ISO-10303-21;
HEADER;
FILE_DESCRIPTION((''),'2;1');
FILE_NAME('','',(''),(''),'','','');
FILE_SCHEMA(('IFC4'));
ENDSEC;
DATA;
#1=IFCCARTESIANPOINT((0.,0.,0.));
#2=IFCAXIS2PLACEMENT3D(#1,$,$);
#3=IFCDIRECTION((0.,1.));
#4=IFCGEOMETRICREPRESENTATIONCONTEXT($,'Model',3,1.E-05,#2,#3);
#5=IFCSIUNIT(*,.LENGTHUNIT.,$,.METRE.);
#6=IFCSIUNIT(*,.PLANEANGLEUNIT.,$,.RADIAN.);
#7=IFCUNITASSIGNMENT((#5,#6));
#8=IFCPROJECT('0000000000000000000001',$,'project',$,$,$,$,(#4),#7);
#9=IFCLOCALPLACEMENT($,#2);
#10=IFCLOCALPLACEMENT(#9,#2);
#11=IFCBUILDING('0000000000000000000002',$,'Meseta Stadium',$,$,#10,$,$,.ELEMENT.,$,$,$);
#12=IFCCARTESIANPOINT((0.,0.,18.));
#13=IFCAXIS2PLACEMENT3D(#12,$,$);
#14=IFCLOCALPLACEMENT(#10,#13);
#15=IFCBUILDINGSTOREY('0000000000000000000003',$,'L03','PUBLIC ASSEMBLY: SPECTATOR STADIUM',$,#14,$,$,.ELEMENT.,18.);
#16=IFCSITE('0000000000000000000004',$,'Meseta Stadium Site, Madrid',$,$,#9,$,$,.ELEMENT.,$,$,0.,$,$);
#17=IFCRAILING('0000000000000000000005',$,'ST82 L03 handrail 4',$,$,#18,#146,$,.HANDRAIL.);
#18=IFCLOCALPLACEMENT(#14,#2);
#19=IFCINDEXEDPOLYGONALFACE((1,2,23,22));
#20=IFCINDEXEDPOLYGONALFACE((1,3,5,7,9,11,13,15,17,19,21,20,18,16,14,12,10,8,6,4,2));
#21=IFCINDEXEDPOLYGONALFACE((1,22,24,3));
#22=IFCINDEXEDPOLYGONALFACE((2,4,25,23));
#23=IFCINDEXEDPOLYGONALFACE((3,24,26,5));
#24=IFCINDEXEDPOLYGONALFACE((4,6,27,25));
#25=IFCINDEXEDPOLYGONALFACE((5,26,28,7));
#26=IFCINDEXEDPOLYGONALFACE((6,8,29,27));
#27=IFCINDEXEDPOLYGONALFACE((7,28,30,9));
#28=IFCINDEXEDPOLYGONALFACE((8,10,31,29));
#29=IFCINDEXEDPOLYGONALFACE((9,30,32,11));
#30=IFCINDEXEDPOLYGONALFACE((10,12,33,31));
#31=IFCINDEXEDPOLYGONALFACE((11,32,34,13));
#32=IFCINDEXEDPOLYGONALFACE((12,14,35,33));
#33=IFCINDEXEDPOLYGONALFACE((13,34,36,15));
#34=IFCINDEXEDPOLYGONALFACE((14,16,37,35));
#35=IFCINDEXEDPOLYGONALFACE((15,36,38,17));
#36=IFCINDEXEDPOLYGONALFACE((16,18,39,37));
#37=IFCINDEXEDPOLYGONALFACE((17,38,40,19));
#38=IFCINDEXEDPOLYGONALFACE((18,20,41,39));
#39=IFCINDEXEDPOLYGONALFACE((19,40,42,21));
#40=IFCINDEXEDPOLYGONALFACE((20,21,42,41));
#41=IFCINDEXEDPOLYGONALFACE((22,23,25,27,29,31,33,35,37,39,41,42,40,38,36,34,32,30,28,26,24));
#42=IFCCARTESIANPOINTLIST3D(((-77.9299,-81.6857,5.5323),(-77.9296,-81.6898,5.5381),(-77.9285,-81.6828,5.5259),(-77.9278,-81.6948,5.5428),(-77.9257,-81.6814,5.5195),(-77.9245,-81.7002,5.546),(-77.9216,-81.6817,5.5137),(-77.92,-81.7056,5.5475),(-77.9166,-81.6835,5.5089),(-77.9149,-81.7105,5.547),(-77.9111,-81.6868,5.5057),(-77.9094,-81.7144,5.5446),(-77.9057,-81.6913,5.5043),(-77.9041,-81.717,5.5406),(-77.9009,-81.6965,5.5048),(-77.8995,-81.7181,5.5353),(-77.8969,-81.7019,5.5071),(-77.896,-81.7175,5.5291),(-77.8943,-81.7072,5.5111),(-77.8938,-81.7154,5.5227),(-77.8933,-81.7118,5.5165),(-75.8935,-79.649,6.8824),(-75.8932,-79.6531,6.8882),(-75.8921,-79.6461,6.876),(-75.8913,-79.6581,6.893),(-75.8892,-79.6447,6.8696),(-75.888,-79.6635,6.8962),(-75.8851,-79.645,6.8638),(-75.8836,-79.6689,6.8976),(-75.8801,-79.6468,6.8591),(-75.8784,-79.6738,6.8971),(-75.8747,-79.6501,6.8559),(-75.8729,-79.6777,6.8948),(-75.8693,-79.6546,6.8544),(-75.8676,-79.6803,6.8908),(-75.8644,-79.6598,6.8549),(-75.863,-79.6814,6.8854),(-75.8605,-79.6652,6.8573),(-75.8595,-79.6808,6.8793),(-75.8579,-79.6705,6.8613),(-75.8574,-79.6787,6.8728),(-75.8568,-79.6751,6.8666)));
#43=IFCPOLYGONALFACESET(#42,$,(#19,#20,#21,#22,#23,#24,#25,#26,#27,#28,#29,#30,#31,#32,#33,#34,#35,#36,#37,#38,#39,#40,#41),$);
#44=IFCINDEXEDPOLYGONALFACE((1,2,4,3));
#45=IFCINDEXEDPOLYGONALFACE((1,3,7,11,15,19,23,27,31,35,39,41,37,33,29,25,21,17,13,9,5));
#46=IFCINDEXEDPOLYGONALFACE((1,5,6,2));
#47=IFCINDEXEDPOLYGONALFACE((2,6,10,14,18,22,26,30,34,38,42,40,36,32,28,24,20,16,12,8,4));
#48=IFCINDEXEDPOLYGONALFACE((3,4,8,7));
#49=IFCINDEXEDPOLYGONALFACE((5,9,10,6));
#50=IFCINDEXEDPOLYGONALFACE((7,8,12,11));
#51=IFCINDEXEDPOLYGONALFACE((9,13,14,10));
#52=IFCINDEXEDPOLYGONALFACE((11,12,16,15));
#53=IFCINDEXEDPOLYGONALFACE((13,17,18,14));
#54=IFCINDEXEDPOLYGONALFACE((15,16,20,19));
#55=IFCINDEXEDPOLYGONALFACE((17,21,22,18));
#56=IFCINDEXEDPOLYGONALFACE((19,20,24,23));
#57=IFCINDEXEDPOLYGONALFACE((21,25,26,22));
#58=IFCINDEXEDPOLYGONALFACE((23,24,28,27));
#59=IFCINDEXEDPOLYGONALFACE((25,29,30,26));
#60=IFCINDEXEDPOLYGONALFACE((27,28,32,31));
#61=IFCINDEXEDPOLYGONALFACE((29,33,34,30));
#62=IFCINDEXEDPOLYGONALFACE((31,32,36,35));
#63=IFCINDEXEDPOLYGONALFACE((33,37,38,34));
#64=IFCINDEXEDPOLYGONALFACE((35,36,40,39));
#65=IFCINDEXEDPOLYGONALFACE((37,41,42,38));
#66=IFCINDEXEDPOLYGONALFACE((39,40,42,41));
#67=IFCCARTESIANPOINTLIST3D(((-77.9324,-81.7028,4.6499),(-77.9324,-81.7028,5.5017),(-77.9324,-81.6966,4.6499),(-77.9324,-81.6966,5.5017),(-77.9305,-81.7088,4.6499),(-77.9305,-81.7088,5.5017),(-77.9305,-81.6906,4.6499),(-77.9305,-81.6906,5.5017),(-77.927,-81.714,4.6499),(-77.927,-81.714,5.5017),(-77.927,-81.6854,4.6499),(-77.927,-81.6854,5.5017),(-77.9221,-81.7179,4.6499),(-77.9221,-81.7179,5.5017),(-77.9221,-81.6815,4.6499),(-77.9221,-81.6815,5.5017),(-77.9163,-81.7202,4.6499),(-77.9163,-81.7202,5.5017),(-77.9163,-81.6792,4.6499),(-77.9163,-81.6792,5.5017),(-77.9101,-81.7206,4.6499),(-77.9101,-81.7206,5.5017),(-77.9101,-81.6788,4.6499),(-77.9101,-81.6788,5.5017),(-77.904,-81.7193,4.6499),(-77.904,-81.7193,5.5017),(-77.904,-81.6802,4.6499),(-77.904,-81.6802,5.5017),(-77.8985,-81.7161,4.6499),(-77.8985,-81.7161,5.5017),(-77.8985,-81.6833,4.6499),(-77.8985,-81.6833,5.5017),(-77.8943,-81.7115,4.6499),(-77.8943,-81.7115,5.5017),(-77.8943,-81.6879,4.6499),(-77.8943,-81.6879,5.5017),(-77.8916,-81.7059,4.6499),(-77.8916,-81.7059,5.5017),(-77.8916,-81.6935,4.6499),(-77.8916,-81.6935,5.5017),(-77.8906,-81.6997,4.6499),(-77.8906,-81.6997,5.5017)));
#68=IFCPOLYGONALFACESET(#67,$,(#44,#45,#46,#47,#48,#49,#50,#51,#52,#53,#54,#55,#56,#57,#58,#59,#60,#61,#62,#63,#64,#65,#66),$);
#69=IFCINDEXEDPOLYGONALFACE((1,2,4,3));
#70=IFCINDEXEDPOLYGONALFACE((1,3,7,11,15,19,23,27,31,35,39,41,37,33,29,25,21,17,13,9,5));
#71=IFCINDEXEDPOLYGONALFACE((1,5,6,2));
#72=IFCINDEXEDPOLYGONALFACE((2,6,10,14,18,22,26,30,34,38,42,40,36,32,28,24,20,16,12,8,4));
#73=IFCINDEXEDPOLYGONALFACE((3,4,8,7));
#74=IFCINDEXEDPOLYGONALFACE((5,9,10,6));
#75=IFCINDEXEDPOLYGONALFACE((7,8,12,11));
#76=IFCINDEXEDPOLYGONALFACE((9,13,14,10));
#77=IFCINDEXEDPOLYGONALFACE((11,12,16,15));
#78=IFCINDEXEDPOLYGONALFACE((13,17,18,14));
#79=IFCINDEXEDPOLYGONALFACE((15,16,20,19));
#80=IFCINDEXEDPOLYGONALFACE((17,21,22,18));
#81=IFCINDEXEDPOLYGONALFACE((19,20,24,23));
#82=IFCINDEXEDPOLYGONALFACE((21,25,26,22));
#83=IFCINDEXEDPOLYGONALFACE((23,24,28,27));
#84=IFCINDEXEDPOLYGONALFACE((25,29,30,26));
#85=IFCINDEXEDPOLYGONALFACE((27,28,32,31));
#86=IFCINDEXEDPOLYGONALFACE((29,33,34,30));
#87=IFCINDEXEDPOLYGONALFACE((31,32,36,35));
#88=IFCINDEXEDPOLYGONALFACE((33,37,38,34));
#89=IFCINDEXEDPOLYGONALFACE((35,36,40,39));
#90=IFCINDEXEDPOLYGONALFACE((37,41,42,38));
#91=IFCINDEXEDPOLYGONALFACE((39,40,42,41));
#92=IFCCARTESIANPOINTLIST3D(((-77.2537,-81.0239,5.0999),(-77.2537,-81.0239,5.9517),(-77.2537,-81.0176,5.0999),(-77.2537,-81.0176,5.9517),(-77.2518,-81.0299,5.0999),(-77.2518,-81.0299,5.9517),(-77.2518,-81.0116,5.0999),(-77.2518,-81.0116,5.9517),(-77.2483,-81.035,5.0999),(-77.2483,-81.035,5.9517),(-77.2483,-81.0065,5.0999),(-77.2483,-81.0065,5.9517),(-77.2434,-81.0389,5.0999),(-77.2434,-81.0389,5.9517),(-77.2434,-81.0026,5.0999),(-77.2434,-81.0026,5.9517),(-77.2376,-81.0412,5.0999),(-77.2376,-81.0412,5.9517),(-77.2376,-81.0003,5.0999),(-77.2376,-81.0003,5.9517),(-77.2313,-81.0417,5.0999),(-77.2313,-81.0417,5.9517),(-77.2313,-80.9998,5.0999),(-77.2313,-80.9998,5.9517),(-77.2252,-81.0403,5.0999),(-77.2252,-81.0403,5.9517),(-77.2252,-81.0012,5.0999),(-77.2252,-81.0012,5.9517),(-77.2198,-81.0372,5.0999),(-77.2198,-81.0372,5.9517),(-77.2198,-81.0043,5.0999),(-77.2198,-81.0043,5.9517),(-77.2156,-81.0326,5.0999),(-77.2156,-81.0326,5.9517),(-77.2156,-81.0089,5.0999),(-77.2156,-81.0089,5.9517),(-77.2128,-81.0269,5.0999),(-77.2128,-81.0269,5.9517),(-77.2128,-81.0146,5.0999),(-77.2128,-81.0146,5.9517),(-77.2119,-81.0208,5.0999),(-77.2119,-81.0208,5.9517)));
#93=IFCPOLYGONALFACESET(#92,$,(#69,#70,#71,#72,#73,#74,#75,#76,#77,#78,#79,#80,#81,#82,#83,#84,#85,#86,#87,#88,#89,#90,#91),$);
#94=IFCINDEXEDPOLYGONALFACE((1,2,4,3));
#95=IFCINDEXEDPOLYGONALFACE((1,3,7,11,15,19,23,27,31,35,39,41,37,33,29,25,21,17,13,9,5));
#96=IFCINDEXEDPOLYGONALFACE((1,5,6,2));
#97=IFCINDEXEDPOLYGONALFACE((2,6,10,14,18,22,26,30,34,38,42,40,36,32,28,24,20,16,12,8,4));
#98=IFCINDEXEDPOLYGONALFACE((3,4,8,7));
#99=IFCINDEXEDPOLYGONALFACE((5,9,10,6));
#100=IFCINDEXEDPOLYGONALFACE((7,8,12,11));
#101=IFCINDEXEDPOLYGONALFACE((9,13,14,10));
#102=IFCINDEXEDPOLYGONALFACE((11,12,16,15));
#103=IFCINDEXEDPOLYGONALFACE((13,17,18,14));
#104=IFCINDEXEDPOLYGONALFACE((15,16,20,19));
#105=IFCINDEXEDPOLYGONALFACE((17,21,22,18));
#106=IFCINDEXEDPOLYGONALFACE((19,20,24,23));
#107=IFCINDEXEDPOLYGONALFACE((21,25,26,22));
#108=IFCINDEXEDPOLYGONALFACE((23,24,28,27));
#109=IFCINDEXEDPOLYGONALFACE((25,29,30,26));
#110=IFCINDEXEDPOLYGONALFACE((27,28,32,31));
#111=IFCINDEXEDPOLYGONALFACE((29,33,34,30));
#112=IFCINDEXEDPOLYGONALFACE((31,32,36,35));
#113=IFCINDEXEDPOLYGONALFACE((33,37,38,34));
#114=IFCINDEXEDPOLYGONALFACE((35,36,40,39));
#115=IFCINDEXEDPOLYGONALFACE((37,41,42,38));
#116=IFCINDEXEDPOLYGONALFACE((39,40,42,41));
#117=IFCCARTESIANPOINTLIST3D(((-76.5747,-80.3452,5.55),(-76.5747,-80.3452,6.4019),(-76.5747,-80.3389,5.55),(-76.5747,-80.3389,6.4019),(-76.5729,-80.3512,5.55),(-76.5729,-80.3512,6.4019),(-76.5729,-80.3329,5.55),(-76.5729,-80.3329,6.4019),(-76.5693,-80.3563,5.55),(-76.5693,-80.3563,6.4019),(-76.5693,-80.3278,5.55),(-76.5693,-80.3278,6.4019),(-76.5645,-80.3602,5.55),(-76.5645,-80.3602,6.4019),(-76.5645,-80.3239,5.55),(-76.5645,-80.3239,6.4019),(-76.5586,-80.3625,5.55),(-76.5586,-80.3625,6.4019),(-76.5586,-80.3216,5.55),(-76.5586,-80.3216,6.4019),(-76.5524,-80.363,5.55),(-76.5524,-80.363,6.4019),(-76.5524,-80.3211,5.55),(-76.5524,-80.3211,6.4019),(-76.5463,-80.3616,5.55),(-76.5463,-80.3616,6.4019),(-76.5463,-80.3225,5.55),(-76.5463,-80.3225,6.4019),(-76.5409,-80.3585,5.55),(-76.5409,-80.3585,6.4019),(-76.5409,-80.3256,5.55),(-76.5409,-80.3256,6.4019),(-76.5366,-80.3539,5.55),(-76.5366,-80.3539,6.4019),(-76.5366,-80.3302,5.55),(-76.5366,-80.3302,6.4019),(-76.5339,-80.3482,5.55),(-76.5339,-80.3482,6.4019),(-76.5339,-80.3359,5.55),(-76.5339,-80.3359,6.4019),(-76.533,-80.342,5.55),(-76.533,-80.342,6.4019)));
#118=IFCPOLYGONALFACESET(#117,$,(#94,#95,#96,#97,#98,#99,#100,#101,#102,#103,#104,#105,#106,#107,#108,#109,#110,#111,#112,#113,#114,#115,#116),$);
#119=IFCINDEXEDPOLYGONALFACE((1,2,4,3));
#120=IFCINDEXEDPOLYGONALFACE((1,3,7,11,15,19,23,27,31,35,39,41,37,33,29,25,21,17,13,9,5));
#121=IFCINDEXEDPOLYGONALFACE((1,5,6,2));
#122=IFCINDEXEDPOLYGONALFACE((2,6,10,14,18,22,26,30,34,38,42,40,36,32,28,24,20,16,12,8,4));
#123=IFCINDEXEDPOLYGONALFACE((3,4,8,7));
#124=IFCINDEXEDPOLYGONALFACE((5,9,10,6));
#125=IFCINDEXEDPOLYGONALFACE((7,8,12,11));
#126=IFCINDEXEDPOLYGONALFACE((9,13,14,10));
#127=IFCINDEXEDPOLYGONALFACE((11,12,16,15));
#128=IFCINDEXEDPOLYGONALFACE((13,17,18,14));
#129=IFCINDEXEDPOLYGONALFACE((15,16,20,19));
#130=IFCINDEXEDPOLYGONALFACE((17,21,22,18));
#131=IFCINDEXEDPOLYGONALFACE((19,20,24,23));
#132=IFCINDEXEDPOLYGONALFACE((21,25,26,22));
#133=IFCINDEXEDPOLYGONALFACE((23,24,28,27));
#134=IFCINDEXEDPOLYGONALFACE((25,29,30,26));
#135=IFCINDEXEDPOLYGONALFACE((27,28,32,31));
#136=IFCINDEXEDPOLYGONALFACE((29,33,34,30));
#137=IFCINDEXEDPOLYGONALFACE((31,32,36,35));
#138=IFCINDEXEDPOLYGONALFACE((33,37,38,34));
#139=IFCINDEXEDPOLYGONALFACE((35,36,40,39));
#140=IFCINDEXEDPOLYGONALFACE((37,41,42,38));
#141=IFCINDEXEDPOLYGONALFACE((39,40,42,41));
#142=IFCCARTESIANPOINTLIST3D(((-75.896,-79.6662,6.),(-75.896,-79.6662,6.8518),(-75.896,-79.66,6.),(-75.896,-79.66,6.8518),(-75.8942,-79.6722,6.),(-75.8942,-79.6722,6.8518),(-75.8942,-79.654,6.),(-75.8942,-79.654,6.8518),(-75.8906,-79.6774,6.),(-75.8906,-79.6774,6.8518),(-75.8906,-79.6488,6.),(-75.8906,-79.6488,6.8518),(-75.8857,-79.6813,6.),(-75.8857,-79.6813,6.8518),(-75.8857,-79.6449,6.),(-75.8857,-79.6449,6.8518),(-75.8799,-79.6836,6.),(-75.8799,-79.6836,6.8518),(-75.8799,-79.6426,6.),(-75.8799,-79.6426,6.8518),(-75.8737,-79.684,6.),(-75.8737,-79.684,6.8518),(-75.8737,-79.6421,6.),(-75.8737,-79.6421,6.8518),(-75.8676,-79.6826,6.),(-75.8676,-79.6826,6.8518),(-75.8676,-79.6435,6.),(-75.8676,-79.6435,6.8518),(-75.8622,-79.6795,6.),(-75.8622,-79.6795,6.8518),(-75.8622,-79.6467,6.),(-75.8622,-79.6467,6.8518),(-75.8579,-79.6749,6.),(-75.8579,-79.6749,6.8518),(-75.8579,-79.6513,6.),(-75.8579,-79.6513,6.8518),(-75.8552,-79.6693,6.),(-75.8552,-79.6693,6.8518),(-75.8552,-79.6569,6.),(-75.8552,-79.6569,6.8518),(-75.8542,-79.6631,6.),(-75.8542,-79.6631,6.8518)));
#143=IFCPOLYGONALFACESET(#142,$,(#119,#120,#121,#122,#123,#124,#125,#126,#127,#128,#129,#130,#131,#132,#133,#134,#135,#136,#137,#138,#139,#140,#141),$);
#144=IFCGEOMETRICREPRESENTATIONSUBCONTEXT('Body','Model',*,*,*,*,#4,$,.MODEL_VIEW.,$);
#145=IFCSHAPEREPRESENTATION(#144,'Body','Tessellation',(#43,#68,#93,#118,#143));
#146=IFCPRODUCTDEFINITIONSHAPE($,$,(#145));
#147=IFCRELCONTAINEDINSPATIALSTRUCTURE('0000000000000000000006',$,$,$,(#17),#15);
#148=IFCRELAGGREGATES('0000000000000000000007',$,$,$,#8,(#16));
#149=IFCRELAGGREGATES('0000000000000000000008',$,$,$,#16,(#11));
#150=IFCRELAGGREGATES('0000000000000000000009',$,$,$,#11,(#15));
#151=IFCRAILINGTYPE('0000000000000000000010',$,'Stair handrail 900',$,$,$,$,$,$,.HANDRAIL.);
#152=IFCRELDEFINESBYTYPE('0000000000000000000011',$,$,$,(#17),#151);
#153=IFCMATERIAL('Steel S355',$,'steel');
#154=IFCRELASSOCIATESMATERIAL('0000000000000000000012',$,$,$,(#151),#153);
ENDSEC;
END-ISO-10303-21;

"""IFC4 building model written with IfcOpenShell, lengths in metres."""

from ifc_helpers import new_model, si_unit, direction, frame, origin, origin_2d, place, context, subcontext, project, spatial, circle, extrude, material, type_object, element, save


model = new_model("IFC4")

# Units and contexts
model_context = context("Model", 3, precision=1e-05, world=origin(), true_north=direction((0.0, 1.0)))
body_context = subcontext(model_context, "Body", "Model", "MODEL_VIEW")
ifc_project = project(units=[si_unit("LENGTHUNIT", "METRE"), si_unit("PLANEANGLEUNIT", "RADIAN")], contexts=[model_context])

# Site, building, storey
site_placement = place(None, origin())
site = spatial("IfcSite", under=ifc_project, at=site_placement, Name="Meseta Stadium Site, Madrid", CompositionType="ELEMENT", RefElevation=0.0)
building_placement = place(site_placement, origin())
building = spatial("IfcBuilding", under=site, at=building_placement, Name="Meseta Stadium", CompositionType="ELEMENT")
storey_placement = place(building_placement, frame((0.0, 0.0, 18.0)))
storey = spatial("IfcBuildingStorey", under=building, at=storey_placement, Name="L03", Description="PUBLIC ASSEMBLY: SPECTATOR STADIUM", CompositionType="ELEMENT", Elevation=18.0)

# Railing
ifc_material_1 = material(Name="Steel S355", Category="steel")
railing_type_1 = type_object("IfcRailingType", Name="Stair handrail 900", PredefinedType="HANDRAIL", material=ifc_material_1)
railing_1_placement = place(storey_placement, frame((-77.9116, -81.6997, 4.6499)))
element("IfcRailing", 1, at=railing_1_placement, inside=storey, type_object=railing_type_1, Name="ST82 L03 handrail 4", PredefinedType="HANDRAIL", context=body_context, shape_type="SweptSolid", body=[
    extrude(circle(Radius=0.0239, at=origin_2d()), frame((0.0, 0.0, 0.876), z_axis=(0.640211, 0.640288, 0.424454), x_axis=(-0.707149, 0.707064, 0.0)), (0.0, 0.0, 1.0), 3.1809),
    extrude(circle(Radius=0.021, at=origin_2d()), origin(), (0.0, 0.0, 1.0), 0.8518),
    extrude(circle(Radius=0.021, at=origin_2d()), frame((0.6787, 0.679, 0.45)), (0.0, 0.0, 1.0), 0.8518),
    extrude(circle(Radius=0.021, at=origin_2d()), frame((1.3577, 1.3577, 0.9001)), (0.0, 0.0, 1.0), 0.8518),
    extrude(circle(Radius=0.021, at=origin_2d()), frame((2.0364, 2.0366, 1.3501)), (0.0, 0.0, 1.0), 0.8518),
])

save(model, "model.ifc")
